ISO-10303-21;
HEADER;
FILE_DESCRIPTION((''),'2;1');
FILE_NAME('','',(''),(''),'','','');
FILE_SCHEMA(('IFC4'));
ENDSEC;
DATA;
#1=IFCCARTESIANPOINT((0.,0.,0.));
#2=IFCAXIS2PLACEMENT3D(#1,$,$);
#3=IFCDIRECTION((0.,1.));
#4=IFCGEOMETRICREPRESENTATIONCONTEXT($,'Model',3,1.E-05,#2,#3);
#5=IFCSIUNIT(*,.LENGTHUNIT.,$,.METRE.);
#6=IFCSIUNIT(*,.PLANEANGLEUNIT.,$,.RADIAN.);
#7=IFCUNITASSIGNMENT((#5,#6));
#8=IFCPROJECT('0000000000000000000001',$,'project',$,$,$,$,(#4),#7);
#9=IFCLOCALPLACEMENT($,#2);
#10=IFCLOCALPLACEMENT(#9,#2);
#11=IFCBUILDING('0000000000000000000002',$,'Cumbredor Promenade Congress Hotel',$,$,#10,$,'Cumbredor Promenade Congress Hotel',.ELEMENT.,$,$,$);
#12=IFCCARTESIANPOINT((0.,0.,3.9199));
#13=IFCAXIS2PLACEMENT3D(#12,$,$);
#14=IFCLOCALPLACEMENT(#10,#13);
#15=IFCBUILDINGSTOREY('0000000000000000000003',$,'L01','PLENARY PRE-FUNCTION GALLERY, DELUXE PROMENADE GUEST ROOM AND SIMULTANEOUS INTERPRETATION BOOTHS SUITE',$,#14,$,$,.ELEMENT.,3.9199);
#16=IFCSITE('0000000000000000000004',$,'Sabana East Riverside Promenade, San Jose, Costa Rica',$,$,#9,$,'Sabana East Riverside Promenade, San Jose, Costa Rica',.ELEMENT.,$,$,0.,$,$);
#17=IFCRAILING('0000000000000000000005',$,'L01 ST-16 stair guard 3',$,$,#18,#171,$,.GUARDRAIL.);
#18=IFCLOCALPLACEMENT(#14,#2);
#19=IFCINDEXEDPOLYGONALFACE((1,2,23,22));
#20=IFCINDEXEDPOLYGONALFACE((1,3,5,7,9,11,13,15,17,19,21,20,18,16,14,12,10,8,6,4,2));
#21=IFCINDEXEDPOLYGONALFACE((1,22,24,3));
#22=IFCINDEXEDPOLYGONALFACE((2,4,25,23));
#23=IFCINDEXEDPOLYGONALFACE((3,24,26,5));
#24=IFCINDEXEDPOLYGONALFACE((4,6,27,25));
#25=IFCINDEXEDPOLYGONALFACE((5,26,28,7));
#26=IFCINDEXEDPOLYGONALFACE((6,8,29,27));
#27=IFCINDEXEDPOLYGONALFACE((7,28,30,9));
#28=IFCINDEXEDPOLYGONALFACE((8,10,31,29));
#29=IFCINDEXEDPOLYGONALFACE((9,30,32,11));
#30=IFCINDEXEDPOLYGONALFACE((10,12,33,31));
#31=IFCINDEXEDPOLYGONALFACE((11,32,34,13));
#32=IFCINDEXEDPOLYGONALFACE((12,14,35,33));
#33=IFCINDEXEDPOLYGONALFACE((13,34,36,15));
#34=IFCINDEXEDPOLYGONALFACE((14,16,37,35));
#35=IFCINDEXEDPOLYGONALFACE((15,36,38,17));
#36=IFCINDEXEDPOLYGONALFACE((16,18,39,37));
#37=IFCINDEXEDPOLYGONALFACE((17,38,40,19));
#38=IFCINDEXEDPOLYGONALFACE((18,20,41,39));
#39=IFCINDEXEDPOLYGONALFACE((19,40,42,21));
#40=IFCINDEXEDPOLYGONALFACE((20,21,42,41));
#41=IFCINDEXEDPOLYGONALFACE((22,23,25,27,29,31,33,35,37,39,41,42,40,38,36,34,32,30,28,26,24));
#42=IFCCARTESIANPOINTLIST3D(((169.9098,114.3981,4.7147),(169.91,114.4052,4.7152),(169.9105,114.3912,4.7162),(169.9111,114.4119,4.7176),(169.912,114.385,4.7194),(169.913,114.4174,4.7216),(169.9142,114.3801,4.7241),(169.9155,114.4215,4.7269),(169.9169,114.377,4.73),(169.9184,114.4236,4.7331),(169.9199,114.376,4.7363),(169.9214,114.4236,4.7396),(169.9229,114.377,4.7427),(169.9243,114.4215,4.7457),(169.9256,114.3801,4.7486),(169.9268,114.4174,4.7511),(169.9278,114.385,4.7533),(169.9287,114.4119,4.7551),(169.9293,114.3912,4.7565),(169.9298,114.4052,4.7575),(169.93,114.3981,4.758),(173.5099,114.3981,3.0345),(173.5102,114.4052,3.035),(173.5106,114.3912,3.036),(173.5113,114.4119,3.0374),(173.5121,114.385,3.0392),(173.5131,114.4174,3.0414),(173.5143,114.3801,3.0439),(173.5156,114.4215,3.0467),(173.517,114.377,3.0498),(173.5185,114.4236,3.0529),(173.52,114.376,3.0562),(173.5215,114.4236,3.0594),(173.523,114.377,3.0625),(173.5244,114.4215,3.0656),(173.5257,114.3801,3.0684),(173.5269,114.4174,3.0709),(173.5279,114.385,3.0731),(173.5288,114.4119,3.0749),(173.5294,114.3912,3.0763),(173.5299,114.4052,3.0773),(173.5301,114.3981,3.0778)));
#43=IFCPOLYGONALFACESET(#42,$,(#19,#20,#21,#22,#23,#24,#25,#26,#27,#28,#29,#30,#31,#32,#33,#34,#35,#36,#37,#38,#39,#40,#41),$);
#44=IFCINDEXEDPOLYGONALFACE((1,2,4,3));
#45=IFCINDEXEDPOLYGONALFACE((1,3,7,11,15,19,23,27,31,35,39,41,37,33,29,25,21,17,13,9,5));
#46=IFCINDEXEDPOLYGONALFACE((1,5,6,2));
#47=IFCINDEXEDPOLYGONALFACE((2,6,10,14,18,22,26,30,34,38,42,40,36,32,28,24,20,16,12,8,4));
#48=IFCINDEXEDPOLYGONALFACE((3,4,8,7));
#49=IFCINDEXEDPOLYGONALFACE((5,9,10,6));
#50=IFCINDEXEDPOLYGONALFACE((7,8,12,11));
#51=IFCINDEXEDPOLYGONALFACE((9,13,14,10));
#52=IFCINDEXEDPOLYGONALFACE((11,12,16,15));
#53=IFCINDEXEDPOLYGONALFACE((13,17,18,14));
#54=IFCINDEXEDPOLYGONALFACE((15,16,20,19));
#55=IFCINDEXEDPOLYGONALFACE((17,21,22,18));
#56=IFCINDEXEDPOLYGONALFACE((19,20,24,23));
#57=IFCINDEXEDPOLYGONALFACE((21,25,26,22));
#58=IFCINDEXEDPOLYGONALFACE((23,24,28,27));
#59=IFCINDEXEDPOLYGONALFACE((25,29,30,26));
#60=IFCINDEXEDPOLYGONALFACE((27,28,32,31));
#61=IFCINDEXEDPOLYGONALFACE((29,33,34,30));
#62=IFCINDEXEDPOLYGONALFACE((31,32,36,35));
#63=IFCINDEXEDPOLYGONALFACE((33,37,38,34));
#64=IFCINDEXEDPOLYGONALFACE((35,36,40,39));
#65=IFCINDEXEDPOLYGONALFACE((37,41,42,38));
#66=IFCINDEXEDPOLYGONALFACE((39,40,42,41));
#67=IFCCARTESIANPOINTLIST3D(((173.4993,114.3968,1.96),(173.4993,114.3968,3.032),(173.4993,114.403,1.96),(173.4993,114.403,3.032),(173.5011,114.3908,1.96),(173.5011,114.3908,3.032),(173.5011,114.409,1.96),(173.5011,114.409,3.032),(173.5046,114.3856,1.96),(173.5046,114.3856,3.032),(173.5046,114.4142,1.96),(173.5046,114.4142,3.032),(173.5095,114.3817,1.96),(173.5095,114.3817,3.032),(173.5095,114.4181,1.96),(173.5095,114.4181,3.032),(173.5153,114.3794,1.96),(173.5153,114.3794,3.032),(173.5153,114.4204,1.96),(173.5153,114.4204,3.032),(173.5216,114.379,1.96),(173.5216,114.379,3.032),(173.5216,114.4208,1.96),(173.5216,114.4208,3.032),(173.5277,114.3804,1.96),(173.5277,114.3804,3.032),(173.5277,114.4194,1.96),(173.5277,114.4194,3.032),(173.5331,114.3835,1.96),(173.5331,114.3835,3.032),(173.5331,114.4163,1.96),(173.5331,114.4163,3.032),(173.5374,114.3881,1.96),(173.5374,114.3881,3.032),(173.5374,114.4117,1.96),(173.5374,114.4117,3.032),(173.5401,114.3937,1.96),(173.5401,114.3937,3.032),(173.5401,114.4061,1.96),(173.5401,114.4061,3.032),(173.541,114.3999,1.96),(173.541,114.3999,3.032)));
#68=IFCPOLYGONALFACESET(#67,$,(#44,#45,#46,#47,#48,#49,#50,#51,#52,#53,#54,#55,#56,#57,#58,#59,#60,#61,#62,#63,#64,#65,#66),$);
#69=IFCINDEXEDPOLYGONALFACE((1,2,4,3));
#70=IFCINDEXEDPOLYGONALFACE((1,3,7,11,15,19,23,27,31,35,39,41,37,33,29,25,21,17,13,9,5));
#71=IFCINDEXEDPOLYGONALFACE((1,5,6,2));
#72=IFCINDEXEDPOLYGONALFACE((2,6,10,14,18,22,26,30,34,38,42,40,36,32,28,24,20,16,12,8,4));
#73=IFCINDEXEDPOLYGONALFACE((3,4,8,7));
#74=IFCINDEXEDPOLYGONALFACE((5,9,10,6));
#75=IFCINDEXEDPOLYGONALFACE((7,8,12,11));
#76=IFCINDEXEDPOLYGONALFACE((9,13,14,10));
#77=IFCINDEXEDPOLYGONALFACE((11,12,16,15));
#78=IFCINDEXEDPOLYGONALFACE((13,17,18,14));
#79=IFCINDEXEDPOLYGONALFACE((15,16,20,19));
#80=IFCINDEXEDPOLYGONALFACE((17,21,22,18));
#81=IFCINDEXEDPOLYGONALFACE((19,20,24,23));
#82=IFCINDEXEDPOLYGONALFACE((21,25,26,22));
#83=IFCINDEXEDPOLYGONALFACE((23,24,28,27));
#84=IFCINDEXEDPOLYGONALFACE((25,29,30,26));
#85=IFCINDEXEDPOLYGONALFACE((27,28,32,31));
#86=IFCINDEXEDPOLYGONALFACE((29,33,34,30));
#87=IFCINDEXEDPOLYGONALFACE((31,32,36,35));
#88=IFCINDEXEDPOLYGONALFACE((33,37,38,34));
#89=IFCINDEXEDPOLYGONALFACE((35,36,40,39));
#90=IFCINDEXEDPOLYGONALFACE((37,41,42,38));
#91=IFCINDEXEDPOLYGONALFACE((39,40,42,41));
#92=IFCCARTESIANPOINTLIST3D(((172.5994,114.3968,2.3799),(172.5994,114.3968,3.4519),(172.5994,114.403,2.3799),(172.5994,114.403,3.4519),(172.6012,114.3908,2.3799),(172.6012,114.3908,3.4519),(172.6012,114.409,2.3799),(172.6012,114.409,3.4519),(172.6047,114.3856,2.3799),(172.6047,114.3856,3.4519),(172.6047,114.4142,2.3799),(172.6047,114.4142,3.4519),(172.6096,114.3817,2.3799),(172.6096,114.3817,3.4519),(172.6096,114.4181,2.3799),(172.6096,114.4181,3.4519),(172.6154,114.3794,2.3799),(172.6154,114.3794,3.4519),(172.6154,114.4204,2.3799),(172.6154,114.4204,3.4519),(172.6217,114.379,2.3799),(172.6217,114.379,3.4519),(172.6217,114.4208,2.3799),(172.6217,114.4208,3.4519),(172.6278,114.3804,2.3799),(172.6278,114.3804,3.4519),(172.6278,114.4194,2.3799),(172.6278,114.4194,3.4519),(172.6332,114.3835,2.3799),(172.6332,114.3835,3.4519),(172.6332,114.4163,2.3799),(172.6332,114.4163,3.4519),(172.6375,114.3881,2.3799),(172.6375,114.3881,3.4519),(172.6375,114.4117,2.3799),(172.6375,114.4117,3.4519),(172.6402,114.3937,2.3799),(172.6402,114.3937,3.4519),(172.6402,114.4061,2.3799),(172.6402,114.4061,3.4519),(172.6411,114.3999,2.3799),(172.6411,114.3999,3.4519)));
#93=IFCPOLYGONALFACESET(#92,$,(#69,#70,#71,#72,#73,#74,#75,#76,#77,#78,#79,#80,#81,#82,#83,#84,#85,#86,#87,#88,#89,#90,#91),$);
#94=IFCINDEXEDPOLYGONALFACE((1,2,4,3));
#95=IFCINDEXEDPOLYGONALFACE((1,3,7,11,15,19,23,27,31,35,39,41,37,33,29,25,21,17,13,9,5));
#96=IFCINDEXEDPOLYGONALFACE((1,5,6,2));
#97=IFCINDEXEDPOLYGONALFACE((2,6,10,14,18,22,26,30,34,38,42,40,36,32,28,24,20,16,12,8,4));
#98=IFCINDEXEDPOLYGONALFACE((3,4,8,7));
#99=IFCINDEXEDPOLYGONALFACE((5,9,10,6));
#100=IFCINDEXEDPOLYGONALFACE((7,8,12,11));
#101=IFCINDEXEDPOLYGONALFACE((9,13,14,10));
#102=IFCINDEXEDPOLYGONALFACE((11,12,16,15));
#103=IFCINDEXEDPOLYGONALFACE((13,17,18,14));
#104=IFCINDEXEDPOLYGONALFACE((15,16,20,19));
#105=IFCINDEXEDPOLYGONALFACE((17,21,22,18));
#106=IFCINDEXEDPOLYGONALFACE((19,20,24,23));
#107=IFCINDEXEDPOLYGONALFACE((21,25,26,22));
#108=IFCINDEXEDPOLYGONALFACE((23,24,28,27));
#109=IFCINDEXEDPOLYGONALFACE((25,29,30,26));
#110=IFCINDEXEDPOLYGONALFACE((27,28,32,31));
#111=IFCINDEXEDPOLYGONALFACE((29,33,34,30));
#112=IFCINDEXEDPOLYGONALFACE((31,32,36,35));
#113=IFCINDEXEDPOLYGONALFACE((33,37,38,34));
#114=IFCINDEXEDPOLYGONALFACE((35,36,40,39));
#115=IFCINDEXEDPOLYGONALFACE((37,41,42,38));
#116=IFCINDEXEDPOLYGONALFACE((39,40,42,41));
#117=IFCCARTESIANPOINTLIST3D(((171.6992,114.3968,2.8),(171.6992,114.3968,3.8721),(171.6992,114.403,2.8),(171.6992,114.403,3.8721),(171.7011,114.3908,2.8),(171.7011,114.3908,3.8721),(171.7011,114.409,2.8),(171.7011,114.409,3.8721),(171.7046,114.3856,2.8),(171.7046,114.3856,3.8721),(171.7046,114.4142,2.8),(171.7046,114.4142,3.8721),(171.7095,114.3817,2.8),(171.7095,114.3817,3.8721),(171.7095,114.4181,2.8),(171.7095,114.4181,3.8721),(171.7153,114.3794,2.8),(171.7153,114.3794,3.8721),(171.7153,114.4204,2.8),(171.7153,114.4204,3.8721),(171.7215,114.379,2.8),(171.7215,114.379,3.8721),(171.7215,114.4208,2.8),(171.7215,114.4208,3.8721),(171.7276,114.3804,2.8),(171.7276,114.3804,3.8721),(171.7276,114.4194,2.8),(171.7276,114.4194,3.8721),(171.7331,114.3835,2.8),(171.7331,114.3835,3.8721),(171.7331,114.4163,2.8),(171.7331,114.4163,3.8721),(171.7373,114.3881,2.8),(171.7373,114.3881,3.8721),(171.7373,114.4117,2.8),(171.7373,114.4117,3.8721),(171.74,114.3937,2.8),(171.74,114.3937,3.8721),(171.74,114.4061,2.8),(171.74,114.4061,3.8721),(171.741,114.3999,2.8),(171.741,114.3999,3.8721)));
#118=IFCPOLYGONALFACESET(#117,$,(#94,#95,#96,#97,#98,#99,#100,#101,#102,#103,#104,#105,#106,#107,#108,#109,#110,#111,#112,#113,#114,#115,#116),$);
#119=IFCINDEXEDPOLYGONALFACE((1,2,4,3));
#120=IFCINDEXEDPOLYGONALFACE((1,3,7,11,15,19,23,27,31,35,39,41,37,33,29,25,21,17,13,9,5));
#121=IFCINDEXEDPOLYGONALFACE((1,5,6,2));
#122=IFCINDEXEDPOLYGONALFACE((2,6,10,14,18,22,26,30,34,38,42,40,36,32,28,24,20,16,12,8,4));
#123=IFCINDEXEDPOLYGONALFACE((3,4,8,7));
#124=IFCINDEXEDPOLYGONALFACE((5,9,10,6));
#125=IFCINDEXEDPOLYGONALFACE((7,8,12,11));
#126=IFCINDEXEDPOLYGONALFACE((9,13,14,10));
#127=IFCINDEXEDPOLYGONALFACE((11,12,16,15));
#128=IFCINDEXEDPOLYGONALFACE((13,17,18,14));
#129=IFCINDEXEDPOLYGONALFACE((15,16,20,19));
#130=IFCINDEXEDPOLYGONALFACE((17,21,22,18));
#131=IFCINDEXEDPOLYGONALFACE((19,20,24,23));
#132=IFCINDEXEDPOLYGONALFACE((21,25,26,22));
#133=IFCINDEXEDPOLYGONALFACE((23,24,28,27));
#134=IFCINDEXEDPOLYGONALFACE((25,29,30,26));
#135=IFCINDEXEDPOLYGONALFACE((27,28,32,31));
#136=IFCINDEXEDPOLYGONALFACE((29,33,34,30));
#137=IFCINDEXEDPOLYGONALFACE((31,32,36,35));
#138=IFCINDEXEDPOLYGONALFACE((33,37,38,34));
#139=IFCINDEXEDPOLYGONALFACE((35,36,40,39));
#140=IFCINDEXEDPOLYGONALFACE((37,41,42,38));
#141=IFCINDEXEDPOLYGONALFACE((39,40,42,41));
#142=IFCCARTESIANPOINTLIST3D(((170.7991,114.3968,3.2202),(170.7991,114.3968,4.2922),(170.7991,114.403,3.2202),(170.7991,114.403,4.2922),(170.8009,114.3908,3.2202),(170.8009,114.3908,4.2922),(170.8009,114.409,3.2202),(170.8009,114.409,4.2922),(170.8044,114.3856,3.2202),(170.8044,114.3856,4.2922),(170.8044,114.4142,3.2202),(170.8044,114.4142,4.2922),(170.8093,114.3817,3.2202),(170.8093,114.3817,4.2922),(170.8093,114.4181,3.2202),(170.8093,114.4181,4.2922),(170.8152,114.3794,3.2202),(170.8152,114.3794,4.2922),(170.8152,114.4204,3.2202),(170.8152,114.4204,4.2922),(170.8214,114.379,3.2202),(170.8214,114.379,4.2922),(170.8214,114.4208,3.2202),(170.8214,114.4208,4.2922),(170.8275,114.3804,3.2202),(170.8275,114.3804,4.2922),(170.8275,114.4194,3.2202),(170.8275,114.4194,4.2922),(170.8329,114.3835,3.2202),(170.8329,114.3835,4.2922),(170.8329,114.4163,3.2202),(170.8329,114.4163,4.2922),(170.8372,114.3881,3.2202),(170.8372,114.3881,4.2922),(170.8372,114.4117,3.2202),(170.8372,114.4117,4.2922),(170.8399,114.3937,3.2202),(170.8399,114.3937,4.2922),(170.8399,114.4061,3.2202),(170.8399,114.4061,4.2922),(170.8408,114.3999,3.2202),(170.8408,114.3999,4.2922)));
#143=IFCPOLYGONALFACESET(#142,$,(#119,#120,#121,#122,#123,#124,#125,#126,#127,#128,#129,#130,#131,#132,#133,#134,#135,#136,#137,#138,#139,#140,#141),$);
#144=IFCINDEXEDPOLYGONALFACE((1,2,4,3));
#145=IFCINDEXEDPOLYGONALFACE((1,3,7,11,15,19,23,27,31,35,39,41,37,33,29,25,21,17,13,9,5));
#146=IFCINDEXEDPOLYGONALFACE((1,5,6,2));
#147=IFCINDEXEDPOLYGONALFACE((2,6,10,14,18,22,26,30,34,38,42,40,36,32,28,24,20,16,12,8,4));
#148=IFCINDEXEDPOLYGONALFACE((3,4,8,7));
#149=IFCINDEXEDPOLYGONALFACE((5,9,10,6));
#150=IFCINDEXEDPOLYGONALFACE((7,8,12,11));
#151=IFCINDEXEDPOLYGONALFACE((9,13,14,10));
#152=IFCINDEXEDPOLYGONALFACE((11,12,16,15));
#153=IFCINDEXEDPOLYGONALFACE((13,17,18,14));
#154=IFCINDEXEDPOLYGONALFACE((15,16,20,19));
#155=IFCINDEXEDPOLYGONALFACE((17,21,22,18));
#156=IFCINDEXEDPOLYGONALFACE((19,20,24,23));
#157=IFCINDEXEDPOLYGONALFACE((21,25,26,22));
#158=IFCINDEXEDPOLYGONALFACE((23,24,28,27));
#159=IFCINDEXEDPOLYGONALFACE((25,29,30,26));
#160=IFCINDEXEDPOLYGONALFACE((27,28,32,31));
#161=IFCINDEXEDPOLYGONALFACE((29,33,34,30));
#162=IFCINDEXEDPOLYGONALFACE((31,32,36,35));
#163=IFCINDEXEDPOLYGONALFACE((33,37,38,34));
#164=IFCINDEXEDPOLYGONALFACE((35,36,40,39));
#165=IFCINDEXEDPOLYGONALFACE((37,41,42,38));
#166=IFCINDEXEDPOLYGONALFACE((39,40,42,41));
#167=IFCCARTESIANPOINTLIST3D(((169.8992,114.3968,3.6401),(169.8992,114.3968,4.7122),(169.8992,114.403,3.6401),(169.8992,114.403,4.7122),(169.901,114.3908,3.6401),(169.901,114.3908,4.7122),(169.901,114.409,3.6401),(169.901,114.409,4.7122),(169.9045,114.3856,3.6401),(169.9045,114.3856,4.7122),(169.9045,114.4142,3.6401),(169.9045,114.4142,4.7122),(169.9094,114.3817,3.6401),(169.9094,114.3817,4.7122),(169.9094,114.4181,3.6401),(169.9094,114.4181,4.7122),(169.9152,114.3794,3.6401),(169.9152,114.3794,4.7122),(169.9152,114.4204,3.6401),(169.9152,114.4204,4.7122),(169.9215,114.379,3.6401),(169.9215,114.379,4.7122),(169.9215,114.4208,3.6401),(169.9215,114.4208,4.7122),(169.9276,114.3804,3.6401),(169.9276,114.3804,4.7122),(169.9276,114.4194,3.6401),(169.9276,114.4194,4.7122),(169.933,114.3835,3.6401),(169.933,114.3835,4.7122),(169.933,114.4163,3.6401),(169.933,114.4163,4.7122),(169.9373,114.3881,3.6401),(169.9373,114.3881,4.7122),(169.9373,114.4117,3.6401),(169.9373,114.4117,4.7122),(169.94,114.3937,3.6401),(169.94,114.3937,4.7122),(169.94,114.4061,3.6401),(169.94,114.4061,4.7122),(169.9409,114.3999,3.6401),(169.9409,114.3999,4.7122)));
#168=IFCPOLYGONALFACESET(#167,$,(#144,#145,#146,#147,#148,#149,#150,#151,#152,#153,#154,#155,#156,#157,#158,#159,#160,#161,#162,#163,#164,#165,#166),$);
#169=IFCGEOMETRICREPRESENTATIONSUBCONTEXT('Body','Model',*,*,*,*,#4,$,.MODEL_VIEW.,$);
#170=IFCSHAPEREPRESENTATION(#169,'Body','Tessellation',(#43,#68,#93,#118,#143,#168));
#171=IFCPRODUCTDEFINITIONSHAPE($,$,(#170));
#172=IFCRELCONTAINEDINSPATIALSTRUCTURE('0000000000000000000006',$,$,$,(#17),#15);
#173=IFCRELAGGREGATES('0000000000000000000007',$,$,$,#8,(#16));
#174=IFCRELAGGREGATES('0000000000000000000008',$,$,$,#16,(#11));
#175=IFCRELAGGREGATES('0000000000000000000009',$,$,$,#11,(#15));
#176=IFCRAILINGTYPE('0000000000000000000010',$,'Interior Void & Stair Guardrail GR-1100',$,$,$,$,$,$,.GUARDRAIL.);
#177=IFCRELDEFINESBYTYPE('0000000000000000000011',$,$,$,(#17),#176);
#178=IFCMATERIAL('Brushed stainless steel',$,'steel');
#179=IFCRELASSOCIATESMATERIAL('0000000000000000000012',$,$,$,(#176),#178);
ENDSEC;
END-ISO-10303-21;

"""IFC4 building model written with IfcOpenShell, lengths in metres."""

from ifc_helpers import new_model, si_unit, direction, frame, origin, origin_2d, place, context, subcontext, project, spatial, circle, extrude, material, type_object, element, save


model = new_model("IFC4")

# Units and contexts
model_context = context("Model", 3, precision=1e-05, world=origin(), true_north=direction((0.0, 1.0)))
body_context = subcontext(model_context, "Body", "Model", "MODEL_VIEW")
ifc_project = project(units=[si_unit("LENGTHUNIT", "METRE"), si_unit("PLANEANGLEUNIT", "RADIAN")], contexts=[model_context])

# Site, building, storey
site_placement = place(None, origin())
site = spatial("IfcSite", under=ifc_project, at=site_placement, Name="Sabana East Riverside Promenade, San Jose, Costa Rica", LongName="Sabana East Riverside Promenade, San Jose, Costa Rica", CompositionType="ELEMENT", RefElevation=0.0)
building_placement = place(site_placement, origin())
building = spatial("IfcBuilding", under=site, at=building_placement, Name="Cumbredor Promenade Congress Hotel", LongName="Cumbredor Promenade Congress Hotel", CompositionType="ELEMENT")
storey_placement = place(building_placement, frame((0.0, 0.0, 3.9199)))
storey = spatial("IfcBuildingStorey", under=building, at=storey_placement, Name="L01", Description="PLENARY PRE-FUNCTION GALLERY, DELUXE PROMENADE GUEST ROOM AND SIMULTANEOUS INTERPRETATION BOOTHS SUITE", CompositionType="ELEMENT", Elevation=3.9199)

# Railing
ifc_material_1 = material(Name="Brushed stainless steel", Category="steel")
railing_type_1 = type_object("IfcRailingType", Name="Interior Void & Stair Guardrail GR-1100", PredefinedType="GUARDRAIL", material=ifc_material_1)
railing_1_placement = place(storey_placement, frame((173.52, 114.3999, 1.96)))
element("IfcRailing", 1, at=railing_1_placement, inside=storey, type_object=railing_type_1, Name="L01 ST-16 stair guard 3", PredefinedType="GUARDRAIL", context=body_context, shape_type="SweptSolid", body=[
    extrude(circle(Radius=0.0239, at=origin_2d()), frame((0.0, 0.0, 1.0962), z_axis=(-0.906171, 0.0, 0.422912), x_axis=(0.0, -1.0, 0.0)), (0.0, 0.0, 1.0), 3.9729),
    extrude(circle(Radius=0.021, at=origin_2d()), origin(), (0.0, 0.0, 1.0), 1.072),
    extrude(circle(Radius=0.021, at=origin_2d()), frame((-0.8999, 0.0, 0.4199)), (0.0, 0.0, 1.0), 1.072),
    extrude(circle(Radius=0.021, at=origin_2d()), frame((-1.8, 0.0, 0.8401)), (0.0, 0.0, 1.0), 1.072),
    extrude(circle(Radius=0.021, at=origin_2d()), frame((-2.7002, 0.0, 1.2603)), (0.0, 0.0, 1.0), 1.072),
    extrude(circle(Radius=0.021, at=origin_2d()), frame((-3.6001, 0.0, 1.6802)), (0.0, 0.0, 1.0), 1.072),
])

save(model, "model.ifc")
